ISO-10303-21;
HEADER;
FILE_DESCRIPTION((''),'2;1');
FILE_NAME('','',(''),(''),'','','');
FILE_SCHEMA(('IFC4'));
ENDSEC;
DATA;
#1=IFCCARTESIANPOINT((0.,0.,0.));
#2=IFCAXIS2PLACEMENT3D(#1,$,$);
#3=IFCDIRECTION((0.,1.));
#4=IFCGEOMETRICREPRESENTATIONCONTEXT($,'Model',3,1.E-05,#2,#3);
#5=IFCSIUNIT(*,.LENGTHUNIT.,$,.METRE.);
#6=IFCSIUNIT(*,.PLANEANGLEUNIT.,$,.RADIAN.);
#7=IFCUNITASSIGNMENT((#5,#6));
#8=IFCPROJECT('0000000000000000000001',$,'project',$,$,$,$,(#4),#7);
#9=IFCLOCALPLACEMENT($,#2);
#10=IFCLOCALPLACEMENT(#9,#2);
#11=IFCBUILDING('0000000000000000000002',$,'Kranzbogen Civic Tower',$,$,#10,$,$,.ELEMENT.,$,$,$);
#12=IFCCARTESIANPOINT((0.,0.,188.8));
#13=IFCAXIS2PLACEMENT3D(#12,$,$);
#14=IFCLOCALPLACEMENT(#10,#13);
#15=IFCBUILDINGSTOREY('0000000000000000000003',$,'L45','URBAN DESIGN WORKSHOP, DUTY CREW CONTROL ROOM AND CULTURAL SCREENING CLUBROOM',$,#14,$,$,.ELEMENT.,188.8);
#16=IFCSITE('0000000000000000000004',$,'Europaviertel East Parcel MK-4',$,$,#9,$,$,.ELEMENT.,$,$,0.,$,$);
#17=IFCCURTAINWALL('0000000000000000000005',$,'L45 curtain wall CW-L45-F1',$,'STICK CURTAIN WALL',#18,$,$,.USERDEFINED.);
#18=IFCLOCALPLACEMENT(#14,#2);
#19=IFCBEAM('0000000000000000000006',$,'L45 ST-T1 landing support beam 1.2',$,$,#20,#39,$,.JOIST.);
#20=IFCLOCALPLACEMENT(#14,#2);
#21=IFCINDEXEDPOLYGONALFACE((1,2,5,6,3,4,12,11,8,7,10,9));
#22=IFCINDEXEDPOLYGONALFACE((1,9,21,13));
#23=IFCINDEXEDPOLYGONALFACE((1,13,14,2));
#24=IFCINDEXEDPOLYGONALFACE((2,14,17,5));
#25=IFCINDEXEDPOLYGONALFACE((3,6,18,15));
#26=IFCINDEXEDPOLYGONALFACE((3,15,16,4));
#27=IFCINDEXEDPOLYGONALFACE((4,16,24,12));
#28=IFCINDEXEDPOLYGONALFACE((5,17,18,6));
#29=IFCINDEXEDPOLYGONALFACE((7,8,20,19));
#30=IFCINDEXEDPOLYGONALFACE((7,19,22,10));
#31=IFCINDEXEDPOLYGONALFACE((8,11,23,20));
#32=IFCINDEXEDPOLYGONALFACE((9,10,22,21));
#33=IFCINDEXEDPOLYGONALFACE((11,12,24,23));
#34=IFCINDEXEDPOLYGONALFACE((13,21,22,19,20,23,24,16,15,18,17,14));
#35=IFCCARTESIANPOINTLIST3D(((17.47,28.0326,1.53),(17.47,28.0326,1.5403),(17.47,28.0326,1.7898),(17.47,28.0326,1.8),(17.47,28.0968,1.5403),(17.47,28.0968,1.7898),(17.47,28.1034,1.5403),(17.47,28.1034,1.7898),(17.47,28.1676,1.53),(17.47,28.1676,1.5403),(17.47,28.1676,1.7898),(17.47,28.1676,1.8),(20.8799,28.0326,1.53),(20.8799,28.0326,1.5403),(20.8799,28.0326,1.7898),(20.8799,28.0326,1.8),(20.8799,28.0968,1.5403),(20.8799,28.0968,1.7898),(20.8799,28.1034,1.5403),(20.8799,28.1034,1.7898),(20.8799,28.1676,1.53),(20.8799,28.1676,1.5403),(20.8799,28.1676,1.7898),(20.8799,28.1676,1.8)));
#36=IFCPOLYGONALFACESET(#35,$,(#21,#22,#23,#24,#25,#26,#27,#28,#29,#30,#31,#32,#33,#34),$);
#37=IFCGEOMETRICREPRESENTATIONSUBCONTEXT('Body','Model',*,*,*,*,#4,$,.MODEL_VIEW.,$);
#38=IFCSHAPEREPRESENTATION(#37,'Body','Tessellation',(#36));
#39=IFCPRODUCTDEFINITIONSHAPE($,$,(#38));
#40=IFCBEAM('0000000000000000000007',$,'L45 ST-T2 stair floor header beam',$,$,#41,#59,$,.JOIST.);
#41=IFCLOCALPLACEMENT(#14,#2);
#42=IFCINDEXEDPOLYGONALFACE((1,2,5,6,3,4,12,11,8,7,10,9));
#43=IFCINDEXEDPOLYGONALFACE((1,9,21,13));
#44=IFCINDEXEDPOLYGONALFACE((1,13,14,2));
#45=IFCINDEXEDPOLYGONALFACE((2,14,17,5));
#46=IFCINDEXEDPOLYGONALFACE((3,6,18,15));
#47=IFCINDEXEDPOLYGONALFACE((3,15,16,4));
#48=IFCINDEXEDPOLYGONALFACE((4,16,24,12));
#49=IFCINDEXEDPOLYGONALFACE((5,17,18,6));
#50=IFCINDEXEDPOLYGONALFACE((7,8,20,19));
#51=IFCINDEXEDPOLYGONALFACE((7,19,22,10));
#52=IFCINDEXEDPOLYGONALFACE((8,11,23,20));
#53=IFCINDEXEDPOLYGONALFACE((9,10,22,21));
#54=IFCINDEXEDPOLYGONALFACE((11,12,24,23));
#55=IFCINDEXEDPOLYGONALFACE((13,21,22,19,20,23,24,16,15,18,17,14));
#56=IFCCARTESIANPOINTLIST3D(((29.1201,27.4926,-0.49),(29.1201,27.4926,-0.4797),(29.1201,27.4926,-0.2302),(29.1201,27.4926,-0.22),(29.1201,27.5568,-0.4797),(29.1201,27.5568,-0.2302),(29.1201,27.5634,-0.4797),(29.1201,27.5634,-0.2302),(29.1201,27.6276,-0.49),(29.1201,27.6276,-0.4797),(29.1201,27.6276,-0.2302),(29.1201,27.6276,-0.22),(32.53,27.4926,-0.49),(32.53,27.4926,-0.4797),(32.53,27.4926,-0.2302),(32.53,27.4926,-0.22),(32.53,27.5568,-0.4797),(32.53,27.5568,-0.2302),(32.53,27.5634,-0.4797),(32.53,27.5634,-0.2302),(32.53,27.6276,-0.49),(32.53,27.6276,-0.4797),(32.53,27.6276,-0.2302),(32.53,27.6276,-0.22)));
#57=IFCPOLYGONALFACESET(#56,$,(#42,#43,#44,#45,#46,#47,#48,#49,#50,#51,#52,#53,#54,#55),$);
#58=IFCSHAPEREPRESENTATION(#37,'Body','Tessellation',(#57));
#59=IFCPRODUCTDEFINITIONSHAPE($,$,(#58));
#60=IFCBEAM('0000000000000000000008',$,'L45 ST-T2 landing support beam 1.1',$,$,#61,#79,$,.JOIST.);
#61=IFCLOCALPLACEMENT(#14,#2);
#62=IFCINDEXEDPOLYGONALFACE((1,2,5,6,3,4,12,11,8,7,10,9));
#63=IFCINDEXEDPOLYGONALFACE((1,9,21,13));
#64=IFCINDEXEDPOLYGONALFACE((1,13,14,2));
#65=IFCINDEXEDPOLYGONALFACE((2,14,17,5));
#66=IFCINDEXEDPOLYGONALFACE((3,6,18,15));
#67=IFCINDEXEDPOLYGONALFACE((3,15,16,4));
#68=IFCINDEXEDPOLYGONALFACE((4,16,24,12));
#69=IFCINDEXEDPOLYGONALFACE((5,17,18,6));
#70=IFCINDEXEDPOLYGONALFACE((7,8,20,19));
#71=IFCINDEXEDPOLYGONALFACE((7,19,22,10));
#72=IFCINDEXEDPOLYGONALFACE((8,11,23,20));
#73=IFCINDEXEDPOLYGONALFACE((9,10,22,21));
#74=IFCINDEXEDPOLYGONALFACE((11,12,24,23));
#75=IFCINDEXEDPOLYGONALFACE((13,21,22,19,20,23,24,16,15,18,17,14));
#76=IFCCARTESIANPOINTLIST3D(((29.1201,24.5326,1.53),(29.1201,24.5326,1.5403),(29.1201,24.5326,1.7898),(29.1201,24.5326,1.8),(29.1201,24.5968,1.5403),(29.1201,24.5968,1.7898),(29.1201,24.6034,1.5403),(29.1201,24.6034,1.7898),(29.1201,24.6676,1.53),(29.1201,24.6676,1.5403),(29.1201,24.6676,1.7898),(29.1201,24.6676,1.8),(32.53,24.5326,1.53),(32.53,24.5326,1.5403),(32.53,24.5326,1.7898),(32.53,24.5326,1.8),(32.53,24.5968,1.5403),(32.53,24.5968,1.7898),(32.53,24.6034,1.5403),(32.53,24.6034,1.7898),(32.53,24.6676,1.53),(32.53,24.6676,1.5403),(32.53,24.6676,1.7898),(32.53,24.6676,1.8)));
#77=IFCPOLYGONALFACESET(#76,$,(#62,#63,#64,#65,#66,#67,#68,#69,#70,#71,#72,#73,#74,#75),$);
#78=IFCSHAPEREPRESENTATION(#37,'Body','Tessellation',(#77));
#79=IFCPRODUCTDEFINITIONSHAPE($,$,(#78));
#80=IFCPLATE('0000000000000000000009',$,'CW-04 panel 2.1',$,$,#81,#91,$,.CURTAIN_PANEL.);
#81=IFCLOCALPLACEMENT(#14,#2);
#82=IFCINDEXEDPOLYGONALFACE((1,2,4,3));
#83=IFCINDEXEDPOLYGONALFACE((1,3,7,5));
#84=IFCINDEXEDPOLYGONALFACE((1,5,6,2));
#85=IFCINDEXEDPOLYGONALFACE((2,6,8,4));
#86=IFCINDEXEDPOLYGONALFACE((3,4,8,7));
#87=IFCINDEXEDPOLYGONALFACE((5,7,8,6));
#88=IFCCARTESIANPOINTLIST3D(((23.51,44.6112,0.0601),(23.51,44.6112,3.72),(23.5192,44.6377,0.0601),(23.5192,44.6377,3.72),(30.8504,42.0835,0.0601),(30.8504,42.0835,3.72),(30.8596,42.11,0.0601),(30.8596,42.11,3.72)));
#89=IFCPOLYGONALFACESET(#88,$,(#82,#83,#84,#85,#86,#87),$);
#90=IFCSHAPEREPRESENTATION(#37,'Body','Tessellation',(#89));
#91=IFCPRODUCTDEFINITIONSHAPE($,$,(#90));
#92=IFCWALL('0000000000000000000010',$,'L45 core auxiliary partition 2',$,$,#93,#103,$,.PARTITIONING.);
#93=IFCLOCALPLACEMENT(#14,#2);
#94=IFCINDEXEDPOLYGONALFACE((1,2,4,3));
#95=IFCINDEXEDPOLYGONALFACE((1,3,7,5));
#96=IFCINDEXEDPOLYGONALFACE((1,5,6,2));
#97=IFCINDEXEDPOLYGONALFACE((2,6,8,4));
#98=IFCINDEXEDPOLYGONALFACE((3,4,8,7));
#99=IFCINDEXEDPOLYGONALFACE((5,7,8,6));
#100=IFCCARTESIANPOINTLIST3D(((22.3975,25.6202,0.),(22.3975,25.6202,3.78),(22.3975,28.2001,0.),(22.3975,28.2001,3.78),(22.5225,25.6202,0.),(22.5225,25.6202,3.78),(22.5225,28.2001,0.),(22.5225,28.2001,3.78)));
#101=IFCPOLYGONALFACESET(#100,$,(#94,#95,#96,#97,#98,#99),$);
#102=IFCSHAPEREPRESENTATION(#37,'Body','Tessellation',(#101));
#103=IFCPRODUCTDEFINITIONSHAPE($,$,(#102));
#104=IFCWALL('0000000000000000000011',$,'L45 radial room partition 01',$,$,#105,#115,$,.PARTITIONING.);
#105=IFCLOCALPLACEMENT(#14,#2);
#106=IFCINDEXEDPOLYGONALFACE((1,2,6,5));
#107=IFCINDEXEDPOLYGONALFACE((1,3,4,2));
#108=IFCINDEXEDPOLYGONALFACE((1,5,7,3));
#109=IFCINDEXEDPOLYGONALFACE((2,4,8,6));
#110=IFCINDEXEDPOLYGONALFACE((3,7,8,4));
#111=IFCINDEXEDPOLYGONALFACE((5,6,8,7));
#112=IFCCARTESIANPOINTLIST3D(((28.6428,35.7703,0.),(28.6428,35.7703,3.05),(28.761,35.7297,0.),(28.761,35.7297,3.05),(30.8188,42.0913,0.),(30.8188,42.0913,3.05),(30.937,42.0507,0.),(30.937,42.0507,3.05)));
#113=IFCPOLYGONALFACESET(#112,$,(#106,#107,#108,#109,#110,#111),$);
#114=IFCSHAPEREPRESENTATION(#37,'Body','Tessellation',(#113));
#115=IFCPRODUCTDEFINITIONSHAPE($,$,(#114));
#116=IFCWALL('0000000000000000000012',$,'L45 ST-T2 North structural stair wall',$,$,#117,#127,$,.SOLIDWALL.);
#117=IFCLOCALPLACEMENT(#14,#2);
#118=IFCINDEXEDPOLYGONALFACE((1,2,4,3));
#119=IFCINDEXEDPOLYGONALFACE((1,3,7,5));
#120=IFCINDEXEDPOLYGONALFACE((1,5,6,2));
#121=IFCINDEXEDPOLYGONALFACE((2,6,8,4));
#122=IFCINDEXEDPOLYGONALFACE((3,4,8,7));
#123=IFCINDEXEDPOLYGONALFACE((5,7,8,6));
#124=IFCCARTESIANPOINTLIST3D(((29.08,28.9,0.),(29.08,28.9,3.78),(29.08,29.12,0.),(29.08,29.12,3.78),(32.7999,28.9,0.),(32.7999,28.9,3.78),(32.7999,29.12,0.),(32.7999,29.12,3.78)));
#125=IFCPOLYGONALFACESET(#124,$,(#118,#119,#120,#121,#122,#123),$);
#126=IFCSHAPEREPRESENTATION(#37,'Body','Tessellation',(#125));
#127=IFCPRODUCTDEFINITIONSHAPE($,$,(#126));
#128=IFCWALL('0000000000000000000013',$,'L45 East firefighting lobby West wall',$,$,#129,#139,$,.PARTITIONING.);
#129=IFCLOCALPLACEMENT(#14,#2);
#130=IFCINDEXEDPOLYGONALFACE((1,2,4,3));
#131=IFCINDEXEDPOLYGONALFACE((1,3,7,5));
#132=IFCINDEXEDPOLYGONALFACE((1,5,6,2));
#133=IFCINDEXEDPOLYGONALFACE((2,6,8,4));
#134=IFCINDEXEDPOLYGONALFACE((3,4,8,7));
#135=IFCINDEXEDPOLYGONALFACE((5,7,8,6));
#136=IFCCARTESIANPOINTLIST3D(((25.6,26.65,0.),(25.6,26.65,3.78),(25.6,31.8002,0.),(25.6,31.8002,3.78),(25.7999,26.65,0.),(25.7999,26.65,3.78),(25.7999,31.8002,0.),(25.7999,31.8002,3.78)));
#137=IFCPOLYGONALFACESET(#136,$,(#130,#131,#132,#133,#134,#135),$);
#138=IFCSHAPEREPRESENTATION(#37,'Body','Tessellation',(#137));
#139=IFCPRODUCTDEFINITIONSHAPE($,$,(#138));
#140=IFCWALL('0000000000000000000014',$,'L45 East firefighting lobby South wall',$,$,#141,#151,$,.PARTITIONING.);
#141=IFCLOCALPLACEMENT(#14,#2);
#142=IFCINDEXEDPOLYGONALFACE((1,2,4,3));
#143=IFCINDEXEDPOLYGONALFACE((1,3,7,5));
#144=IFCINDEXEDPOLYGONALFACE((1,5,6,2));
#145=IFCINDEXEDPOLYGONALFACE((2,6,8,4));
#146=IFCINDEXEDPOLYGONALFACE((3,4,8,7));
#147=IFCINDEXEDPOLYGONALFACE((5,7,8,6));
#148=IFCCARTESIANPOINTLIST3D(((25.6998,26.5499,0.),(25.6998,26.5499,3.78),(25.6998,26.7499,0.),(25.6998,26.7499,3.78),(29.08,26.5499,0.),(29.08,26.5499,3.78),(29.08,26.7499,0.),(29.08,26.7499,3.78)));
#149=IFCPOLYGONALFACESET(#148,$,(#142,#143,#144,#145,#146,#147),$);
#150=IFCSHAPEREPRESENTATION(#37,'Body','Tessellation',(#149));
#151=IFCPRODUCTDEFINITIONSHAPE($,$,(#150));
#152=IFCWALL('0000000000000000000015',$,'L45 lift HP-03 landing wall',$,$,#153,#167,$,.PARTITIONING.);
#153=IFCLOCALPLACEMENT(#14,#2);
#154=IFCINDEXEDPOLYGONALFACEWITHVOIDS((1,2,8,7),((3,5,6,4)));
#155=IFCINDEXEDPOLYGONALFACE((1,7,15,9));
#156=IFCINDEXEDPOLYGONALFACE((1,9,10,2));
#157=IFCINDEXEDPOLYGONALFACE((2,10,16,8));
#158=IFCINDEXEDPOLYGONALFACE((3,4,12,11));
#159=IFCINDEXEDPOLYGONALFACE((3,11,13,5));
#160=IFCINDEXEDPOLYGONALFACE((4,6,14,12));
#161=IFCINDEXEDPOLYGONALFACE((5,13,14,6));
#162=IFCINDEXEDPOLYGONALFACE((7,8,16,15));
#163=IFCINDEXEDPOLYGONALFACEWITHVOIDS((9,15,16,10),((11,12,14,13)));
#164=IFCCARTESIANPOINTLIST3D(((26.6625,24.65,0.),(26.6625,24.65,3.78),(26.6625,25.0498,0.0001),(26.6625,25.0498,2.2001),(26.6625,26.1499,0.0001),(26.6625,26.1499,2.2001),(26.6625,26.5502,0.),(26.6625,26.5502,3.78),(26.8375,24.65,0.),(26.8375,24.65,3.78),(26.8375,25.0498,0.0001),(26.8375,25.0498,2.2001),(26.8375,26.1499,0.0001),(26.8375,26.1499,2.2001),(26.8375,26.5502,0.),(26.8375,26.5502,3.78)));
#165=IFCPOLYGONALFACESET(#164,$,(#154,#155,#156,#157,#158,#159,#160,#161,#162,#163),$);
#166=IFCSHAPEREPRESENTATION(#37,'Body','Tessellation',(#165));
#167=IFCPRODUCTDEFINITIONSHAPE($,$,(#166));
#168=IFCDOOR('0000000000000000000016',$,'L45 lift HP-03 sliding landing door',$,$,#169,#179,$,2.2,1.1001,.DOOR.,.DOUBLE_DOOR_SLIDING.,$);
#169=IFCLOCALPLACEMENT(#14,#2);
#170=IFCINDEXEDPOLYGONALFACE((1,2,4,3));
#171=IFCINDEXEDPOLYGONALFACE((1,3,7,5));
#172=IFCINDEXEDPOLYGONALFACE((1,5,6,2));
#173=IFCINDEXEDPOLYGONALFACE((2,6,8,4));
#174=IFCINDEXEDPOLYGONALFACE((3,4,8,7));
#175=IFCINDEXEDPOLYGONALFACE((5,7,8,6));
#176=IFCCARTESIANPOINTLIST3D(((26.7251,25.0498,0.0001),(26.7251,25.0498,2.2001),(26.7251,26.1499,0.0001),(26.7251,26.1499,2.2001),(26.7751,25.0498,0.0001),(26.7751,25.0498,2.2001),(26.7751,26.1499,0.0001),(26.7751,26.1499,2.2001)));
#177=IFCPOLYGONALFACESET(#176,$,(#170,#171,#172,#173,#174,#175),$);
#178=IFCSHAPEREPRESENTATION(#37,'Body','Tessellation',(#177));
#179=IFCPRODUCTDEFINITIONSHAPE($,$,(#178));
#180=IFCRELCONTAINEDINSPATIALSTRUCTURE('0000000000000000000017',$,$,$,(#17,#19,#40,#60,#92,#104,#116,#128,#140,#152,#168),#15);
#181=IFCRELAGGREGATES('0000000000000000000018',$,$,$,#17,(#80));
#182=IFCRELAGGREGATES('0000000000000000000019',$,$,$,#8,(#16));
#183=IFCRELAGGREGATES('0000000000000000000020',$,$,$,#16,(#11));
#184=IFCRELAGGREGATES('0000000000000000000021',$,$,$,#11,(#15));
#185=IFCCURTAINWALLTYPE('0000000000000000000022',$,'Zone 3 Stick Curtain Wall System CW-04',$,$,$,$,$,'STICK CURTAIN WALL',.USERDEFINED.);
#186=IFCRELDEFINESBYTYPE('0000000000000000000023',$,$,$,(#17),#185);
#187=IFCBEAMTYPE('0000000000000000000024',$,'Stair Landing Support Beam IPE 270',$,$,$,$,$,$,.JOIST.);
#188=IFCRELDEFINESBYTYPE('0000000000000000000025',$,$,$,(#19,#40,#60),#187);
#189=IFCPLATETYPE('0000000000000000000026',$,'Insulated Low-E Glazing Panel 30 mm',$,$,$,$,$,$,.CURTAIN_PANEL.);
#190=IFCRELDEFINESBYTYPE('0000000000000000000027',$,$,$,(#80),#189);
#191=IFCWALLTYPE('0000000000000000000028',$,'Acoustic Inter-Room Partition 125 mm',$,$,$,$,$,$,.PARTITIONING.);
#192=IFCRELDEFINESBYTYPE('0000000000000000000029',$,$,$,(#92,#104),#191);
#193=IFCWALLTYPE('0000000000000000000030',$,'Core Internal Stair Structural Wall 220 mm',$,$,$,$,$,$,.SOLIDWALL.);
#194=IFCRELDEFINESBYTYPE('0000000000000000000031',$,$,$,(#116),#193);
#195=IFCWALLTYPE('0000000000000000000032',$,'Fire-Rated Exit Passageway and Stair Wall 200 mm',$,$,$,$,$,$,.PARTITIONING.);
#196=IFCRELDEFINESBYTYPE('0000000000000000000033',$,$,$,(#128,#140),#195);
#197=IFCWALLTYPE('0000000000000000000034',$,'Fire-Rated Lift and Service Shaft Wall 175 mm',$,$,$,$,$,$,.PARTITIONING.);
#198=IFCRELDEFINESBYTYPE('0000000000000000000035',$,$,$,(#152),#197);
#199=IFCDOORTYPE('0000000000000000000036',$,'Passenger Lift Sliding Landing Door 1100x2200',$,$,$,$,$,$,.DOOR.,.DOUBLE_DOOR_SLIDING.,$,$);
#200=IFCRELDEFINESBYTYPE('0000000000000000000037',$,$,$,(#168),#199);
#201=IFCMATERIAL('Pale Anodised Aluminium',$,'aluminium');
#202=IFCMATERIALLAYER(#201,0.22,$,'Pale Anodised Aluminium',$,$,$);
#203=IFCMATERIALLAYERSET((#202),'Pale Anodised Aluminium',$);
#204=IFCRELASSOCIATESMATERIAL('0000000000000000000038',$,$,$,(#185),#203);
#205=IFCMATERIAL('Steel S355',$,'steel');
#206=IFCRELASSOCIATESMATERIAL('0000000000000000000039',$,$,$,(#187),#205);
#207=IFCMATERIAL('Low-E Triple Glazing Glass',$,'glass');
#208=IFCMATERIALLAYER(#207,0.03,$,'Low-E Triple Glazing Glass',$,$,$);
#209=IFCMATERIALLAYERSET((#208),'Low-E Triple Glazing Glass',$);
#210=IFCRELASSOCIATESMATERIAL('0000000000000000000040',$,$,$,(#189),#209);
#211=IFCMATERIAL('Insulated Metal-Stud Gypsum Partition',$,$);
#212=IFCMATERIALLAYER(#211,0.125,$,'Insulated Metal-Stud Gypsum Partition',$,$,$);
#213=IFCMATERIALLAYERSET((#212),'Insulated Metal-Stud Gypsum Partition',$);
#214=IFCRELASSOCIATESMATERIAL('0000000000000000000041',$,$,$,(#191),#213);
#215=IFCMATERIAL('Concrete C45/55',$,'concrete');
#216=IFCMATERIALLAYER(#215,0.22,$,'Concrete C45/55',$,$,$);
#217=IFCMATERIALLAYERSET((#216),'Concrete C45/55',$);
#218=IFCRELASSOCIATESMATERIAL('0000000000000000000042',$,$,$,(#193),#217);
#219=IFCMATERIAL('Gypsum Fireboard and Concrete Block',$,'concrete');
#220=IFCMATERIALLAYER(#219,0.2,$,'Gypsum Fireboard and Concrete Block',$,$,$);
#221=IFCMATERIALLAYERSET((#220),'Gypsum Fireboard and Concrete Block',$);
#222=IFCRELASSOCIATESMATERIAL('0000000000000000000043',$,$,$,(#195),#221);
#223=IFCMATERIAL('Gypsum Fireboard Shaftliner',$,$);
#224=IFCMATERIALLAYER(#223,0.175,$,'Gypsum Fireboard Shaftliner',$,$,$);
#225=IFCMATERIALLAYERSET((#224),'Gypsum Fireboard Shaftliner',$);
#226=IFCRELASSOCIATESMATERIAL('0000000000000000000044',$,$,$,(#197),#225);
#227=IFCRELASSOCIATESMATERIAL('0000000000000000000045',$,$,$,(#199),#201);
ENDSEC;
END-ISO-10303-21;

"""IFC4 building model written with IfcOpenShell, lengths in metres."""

from ifc_helpers import new_model, si_unit, direction, frame, frame_2d, origin, origin_2d, place, context, subcontext, project, spatial, rectangle, i_section, extrude, material, layer, layer_set, material_profile, profile_set, type_object, element, fill, aggregate, save


model = new_model("IFC4")

# Units and contexts
model_context = context("Model", 3, precision=1e-05, world=origin(), true_north=direction((0.0, 1.0)))
body_context = subcontext(model_context, "Body", "Model", "MODEL_VIEW")
ifc_project = project(units=[si_unit("LENGTHUNIT", "METRE"), si_unit("PLANEANGLEUNIT", "RADIAN")], contexts=[model_context])

# Site, building, storey
site_placement = place(None, origin())
site = spatial("IfcSite", under=ifc_project, at=site_placement, Name="Europaviertel East Parcel MK-4", CompositionType="ELEMENT", RefElevation=0.0)
building_placement = place(site_placement, origin())
building = spatial("IfcBuilding", under=site, at=building_placement, Name="Kranzbogen Civic Tower", CompositionType="ELEMENT")
storey_placement = place(building_placement, frame((0.0, 0.0, 188.8)))
storey = spatial("IfcBuildingStorey", under=building, at=storey_placement, Name="L45", Description="URBAN DESIGN WORKSHOP, DUTY CREW CONTROL ROOM AND CULTURAL SCREENING CLUBROOM", CompositionType="ELEMENT", Elevation=188.8)

# Shared definitions
ifc_material_1 = material(Name="Steel S355", Category="steel")

# Curtain wall
ifc_material_2 = material(Name="Pale Anodised Aluminium", Category="aluminium")
ifc_layer_1 = layer(ifc_material_2, 0.22, Name="Pale Anodised Aluminium")
ifc_layer_set_1 = layer_set([ifc_layer_1], Name="Pale Anodised Aluminium")
curtain_wall_type = type_object("IfcCurtainWallType", Name="Zone 3 Stick Curtain Wall System CW-04", ElementType="STICK CURTAIN WALL", PredefinedType="USERDEFINED", material=ifc_layer_set_1)
curtain_wall_placement = place(storey_placement, origin())
curtain_wall = element("IfcCurtainWall", 1, at=curtain_wall_placement, inside=storey, type_object=curtain_wall_type, Name="L45 curtain wall CW-L45-F1", ObjectType="STICK CURTAIN WALL", PredefinedType="USERDEFINED")

# Beams
ifc_material_profile_1 = material_profile(ifc_material_1, i_section(OverallWidth=0.135, OverallDepth=0.27, WebThickness=0.0066, FlangeThickness=0.0103, at=origin_2d()), Name="IPE 270")
ifc_profile_set_1 = profile_set([ifc_material_profile_1], Name="Steel S355")
beam_type_1 = type_object("IfcBeamType", Name="Stair Landing Support Beam IPE 270", PredefinedType="JOIST", material=ifc_profile_set_1)
for number, where, z_axis, x_axis, name in (
    (2, (20.8799, 28.1001, 1.665), (-1.0, 0.0, 0.0), (0.0, -1.0, 0.0), "L45 ST-T1 landing support beam 1.2"),
    (3, (29.1201, 27.5601, -0.355), (1.0, 0.0, 0.0), (0.0, 1.0, 0.0), "L45 ST-T2 stair floor header beam"),
    (4, (29.1201, 24.6001, 1.665), (1.0, 0.0, 0.0), (0.0, 1.0, 0.0), "L45 ST-T2 landing support beam 1.1"),
):
    element("IfcBeam", number, at=place(storey_placement, frame(where, z_axis=z_axis, x_axis=x_axis)), inside=storey, type_object=beam_type_1, Name=name, PredefinedType="JOIST", context=body_context, shape_type="SweptSolid", body=[
        extrude(i_section(OverallWidth=0.135, OverallDepth=0.27, WebThickness=0.0066, FlangeThickness=0.0103, at=origin_2d()), origin(), (0.0, 0.0, 1.0), 3.4099),
    ])

# Plate
ifc_material_3 = material(Name="Low-E Triple Glazing Glass", Category="glass")
ifc_layer_2 = layer(ifc_material_3, 0.03, Name="Low-E Triple Glazing Glass")
ifc_layer_set_2 = layer_set([ifc_layer_2], Name="Low-E Triple Glazing Glass")
plate_type = type_object("IfcPlateType", Name="Insulated Low-E Glazing Panel 30 mm", PredefinedType="CURTAIN_PANEL", material=ifc_layer_set_2)
plate_placement = place(storey_placement, frame((27.1848, 43.3606, 0.0601), z_axis=(0.0, 0.0, 1.0), x_axis=(-0.945511, 0.32559, 0.0)))
plate = element("IfcPlate", 5, at=plate_placement, type_object=plate_type, Name="CW-04 panel 2.1", PredefinedType="CURTAIN_PANEL", context=body_context, shape_type="SweptSolid", body=[
    extrude(rectangle(XDim=7.7634, YDim=0.0281, at=origin_2d()), origin(), (0.0, 0.0, 1.0), 3.6599),
])
aggregate(curtain_wall, [plate])

# Shared definitions
ifc_material_4 = material(Name="Insulated Metal-Stud Gypsum Partition")
ifc_layer_3 = layer(ifc_material_4, 0.125, Name="Insulated Metal-Stud Gypsum Partition")
ifc_layer_set_3 = layer_set([ifc_layer_3], Name="Insulated Metal-Stud Gypsum Partition")
wall_type_1 = type_object("IfcWallType", Name="Acoustic Inter-Room Partition 125 mm", PredefinedType="PARTITIONING", material=ifc_layer_set_3)

# Walls
wall_1_placement = place(storey_placement, frame((22.46, 25.6201, 0.0), z_axis=(0.0, 0.0, 1.0), x_axis=(0.0, 1.0, 0.0)))
element("IfcWall", 6, at=wall_1_placement, inside=storey, type_object=wall_type_1, Name="L45 core auxiliary partition 2", PredefinedType="PARTITIONING", context=body_context, shape_type="SweptSolid", body=[
    extrude(rectangle(XDim=2.5798, YDim=0.125, at=frame_2d((1.29, 0.0))), origin(), (0.0, 0.0, 1.0), 3.78),
])
wall_2_placement = place(storey_placement, frame((28.7019, 35.75, 0.0), z_axis=(0.0, 0.0, 1.0), x_axis=(0.325503, 0.945541, 0.0)))
element("IfcWall", 7, at=wall_2_placement, inside=storey, type_object=wall_type_1, Name="L45 radial room partition 01", PredefinedType="PARTITIONING", context=body_context, shape_type="SweptSolid", body=[
    extrude(rectangle(XDim=6.6851, YDim=0.125, at=frame_2d((3.3425, 0.0))), origin(), (0.0, 0.0, 1.0), 3.05),
])
ifc_material_5 = material(Name="Concrete C45/55", Category="concrete")
ifc_layer_4 = layer(ifc_material_5, 0.22, Name="Concrete C45/55")
ifc_layer_set_4 = layer_set([ifc_layer_4], Name="Concrete C45/55")
wall_type_2 = type_object("IfcWallType", Name="Core Internal Stair Structural Wall 220 mm", PredefinedType="SOLIDWALL", material=ifc_layer_set_4)
wall_3_placement = place(storey_placement, frame((29.0801, 29.01, 0.0), z_axis=(0.0, 0.0, 1.0), x_axis=(1.0, 0.0, 0.0)))
element("IfcWall", 8, at=wall_3_placement, inside=storey, type_object=wall_type_2, Name="L45 ST-T2 North structural stair wall", PredefinedType="SOLIDWALL", context=body_context, shape_type="SweptSolid", body=[
    extrude(rectangle(XDim=3.72, YDim=0.22, at=frame_2d((1.8599, 0.0))), origin(), (0.0, 0.0, 1.0), 3.78),
])
ifc_material_6 = material(Name="Gypsum Fireboard and Concrete Block", Category="concrete")
ifc_layer_5 = layer(ifc_material_6, 0.2, Name="Gypsum Fireboard and Concrete Block")
ifc_layer_set_5 = layer_set([ifc_layer_5], Name="Gypsum Fireboard and Concrete Block")
wall_type_3 = type_object("IfcWallType", Name="Fire-Rated Exit Passageway and Stair Wall 200 mm", PredefinedType="PARTITIONING", material=ifc_layer_set_5)
wall_4_placement = place(storey_placement, frame((25.7, 26.6499, 0.0), z_axis=(0.0, 0.0, 1.0), x_axis=(0.0, 1.0, 0.0)))
element("IfcWall", 9, at=wall_4_placement, inside=storey, type_object=wall_type_3, Name="L45 East firefighting lobby West wall", PredefinedType="PARTITIONING", context=body_context, shape_type="SweptSolid", body=[
    extrude(rectangle(XDim=5.1501, YDim=0.2, at=frame_2d((2.5752, 0.0))), origin(), (0.0, 0.0, 1.0), 3.78),
])
wall_5_placement = place(storey_placement, frame((25.7, 26.6499, 0.0), z_axis=(0.0, 0.0, 1.0), x_axis=(1.0, 0.0, 0.0)))
element("IfcWall", 10, at=wall_5_placement, inside=storey, type_object=wall_type_3, Name="L45 East firefighting lobby South wall", PredefinedType="PARTITIONING", context=body_context, shape_type="SweptSolid", body=[
    extrude(rectangle(XDim=3.3801, YDim=0.2, at=frame_2d((1.6899, 0.0))), origin(), (0.0, 0.0, 1.0), 3.78),
])

# Wall, opening, door
ifc_material_7 = material(Name="Gypsum Fireboard Shaftliner")
ifc_layer_6 = layer(ifc_material_7, 0.175, Name="Gypsum Fireboard Shaftliner")
ifc_layer_set_6 = layer_set([ifc_layer_6], Name="Gypsum Fireboard Shaftliner")
wall_type_4 = type_object("IfcWallType", Name="Fire-Rated Lift and Service Shaft Wall 175 mm", PredefinedType="PARTITIONING", material=ifc_layer_set_6)
wall_6_placement = place(storey_placement, frame((26.75, 24.6499, 0.0), z_axis=(0.0, 0.0, 1.0), x_axis=(0.0, 1.0, 0.0)))
wall_6 = element("IfcWall", 11, at=wall_6_placement, inside=storey, type_object=wall_type_4, Name="L45 lift HP-03 landing wall", PredefinedType="PARTITIONING", context=body_context, shape_type="SweptSolid", body=[
    extrude(rectangle(XDim=1.9001, YDim=0.175, at=frame_2d((0.9502, 0.0))), origin(), (0.0, 0.0, 1.0), 3.78),
])
opening_1_placement = place(wall_6_placement, frame((0.3999, 0.0, 0.0)))
opening_1 = element("IfcOpeningElement", 12, at=opening_1_placement, cuts=wall_6, PredefinedType="OPENING", context=body_context, shape_type="SweptSolid", body=[
    extrude(rectangle(XDim=1.1001, YDim=2.2, at=frame_2d((0.55, 1.1001))), frame((0.0, 0.0977, 0.0), z_axis=(0.0, -1.0, 0.0), x_axis=(1.0, 0.0, 0.0)), (0.0, 0.0, 1.0), 0.1951),
])
door_type_1 = type_object("IfcDoorType", Name="Passenger Lift Sliding Landing Door 1100x2200", OperationType="DOUBLE_DOOR_SLIDING", PredefinedType="DOOR", material=ifc_material_2)
door_1_placement = place(opening_1_placement, origin())
door_1 = element("IfcDoor", 13, at=door_1_placement, inside=storey, type_object=door_type_1, Name="L45 lift HP-03 sliding landing door", OperationType="DOUBLE_DOOR_SLIDING", OverallHeight=2.2, OverallWidth=1.1001, PredefinedType="DOOR", context=body_context, shape_type="SweptSolid", body=[
    extrude(rectangle(XDim=1.1001, YDim=2.2, at=frame_2d((0.55, 1.1001))), frame((0.0, 0.0249, 0.0), z_axis=(0.0, -1.0, 0.0), x_axis=(1.0, 0.0, 0.0)), (0.0, 0.0, 1.0), 0.05),
])
fill(opening_1, door_1)

save(model, "model.ifc")
